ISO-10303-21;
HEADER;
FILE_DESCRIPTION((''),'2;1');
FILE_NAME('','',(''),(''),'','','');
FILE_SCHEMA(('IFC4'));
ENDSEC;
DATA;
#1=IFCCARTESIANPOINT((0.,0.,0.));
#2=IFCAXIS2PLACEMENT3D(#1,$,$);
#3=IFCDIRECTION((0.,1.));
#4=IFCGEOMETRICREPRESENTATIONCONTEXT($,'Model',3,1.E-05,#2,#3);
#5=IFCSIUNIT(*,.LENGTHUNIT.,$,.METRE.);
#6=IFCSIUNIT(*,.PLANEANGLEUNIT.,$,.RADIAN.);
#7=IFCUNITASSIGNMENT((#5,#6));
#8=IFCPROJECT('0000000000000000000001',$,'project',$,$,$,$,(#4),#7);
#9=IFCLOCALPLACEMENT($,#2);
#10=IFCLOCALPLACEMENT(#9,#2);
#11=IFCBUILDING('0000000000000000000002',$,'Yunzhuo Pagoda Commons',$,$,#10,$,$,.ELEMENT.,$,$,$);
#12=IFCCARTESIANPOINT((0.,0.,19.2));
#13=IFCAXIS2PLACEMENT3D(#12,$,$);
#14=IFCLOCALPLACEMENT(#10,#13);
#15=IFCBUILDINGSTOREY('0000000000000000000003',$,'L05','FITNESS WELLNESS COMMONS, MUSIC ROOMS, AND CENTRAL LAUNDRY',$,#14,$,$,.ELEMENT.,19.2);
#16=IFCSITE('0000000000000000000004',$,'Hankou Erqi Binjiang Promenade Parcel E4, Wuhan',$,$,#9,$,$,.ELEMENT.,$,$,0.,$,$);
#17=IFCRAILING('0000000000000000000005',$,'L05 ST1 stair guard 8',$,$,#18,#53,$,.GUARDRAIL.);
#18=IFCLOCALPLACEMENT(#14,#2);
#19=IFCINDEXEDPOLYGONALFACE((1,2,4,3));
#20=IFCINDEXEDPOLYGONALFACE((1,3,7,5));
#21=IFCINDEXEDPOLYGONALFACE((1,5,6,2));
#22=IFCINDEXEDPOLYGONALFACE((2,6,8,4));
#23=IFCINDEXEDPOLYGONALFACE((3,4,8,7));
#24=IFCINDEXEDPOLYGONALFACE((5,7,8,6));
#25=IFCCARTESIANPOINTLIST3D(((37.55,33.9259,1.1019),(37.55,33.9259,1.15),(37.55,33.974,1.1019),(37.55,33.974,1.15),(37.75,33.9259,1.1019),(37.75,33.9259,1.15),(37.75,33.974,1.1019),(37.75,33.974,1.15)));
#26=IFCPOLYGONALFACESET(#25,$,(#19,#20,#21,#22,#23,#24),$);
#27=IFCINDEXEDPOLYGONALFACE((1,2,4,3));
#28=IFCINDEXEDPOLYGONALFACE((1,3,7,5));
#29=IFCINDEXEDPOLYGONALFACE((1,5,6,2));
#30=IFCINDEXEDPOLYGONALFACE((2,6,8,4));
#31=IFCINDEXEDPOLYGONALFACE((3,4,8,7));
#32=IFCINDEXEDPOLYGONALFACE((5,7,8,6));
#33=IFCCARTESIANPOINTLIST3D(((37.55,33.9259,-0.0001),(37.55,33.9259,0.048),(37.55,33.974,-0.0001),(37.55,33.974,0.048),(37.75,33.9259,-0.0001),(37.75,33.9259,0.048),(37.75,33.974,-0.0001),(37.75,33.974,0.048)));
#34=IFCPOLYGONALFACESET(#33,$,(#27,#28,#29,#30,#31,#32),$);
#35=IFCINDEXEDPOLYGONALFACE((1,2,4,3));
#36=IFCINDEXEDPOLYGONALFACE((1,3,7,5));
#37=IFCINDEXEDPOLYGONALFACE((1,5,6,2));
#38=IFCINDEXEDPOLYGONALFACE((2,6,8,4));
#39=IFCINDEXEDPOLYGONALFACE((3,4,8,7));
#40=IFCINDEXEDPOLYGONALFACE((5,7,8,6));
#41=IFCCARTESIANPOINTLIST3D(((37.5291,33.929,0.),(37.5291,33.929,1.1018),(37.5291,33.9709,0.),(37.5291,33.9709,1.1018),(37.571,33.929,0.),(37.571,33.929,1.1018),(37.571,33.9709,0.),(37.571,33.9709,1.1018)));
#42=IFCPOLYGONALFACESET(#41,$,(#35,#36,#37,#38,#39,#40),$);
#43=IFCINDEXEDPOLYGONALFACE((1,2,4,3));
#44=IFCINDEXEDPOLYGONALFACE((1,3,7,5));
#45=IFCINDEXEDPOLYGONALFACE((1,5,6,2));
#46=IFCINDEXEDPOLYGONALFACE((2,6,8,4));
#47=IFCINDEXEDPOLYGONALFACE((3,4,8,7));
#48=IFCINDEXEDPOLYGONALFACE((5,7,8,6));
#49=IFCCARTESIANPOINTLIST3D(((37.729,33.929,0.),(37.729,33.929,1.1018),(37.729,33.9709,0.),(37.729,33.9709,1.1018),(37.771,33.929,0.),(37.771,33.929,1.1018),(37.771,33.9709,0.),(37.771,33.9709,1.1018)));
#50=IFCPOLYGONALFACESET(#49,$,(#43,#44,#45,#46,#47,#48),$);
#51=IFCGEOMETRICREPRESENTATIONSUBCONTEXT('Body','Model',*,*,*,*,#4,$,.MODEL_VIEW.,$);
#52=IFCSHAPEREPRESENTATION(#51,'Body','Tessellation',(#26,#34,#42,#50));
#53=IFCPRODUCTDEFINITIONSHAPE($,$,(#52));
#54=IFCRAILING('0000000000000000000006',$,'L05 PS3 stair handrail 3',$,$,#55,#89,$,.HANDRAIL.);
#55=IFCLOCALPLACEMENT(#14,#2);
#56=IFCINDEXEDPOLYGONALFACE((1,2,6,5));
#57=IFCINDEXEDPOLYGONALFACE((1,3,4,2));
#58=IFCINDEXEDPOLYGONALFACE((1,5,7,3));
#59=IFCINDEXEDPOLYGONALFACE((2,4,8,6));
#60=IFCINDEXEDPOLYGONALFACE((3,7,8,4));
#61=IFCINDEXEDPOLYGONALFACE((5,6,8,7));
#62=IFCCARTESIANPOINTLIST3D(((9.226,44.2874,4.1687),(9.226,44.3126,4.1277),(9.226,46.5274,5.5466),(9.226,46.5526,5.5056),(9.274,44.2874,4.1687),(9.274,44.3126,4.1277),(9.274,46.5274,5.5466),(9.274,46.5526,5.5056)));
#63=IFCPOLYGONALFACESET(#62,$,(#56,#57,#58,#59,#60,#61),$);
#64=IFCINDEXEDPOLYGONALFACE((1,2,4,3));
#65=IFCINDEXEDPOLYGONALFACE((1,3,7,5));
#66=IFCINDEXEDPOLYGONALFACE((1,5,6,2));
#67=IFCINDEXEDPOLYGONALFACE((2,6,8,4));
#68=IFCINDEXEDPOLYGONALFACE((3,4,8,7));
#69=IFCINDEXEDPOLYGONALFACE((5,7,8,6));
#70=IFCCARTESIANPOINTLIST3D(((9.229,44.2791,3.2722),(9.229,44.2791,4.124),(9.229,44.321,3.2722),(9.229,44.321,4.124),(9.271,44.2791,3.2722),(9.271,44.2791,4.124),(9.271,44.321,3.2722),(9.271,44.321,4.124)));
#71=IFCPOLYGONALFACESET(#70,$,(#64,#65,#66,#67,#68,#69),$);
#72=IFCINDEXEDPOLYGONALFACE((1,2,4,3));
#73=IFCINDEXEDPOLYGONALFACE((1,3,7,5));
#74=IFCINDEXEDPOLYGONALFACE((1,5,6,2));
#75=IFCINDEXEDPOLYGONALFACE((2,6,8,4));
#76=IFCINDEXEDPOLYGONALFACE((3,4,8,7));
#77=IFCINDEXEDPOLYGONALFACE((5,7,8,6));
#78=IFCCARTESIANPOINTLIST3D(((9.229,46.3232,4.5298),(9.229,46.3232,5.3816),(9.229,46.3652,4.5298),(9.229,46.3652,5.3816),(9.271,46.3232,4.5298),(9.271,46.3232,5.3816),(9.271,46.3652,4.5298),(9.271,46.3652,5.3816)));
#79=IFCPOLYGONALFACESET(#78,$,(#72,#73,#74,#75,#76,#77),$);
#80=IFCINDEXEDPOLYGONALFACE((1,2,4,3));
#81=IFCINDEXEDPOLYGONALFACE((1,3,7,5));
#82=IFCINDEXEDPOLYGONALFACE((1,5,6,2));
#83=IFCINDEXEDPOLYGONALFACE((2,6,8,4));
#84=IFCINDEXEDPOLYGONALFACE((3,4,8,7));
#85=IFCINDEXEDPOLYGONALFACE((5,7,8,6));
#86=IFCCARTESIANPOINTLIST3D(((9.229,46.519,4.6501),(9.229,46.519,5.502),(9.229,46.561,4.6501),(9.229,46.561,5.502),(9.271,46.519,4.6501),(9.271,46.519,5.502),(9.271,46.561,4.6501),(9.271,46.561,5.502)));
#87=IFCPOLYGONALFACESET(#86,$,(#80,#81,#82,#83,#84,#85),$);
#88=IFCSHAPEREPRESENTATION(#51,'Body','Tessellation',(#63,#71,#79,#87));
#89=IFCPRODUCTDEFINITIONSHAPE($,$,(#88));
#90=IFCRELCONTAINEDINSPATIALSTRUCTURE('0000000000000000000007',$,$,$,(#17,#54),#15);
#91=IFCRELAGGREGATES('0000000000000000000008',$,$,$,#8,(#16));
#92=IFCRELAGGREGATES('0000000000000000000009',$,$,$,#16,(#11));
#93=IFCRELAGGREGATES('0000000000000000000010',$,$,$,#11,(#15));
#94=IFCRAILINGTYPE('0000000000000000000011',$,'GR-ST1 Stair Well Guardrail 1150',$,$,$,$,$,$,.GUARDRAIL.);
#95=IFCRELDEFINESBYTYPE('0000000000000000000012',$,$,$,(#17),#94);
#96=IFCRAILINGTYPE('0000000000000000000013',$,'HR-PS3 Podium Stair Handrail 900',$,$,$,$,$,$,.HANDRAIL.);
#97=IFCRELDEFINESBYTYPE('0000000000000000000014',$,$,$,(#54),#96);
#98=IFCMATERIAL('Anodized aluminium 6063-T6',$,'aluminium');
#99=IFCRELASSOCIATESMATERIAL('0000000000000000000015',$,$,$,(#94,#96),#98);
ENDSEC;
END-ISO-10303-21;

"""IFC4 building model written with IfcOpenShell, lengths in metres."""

from ifc_helpers import new_model, si_unit, direction, frame, origin, origin_2d, place, context, subcontext, project, spatial, rectangle, extrude, material, type_object, element, save


model = new_model("IFC4")

# Units and contexts
model_context = context("Model", 3, precision=1e-05, world=origin(), true_north=direction((0.0, 1.0)))
body_context = subcontext(model_context, "Body", "Model", "MODEL_VIEW")
ifc_project = project(units=[si_unit("LENGTHUNIT", "METRE"), si_unit("PLANEANGLEUNIT", "RADIAN")], contexts=[model_context])

# Site, building, storey
site_placement = place(None, origin())
site = spatial("IfcSite", under=ifc_project, at=site_placement, Name="Hankou Erqi Binjiang Promenade Parcel E4, Wuhan", CompositionType="ELEMENT", RefElevation=0.0)
building_placement = place(site_placement, origin())
building = spatial("IfcBuilding", under=site, at=building_placement, Name="Yunzhuo Pagoda Commons", CompositionType="ELEMENT")
storey_placement = place(building_placement, frame((0.0, 0.0, 19.2)))
storey = spatial("IfcBuildingStorey", under=building, at=storey_placement, Name="L05", Description="FITNESS WELLNESS COMMONS, MUSIC ROOMS, AND CENTRAL LAUNDRY", CompositionType="ELEMENT", Elevation=19.2)

# Railings
ifc_material_1 = material(Name="Anodized aluminium 6063-T6", Category="aluminium")
railing_type_1 = type_object("IfcRailingType", Name="GR-ST1 Stair Well Guardrail 1150", PredefinedType="GUARDRAIL", material=ifc_material_1)
railing_1_placement = place(storey_placement, frame((37.55, 33.95, 0.0)))
element("IfcRailing", 1, at=railing_1_placement, inside=storey, type_object=railing_type_1, Name="L05 ST1 stair guard 8", PredefinedType="GUARDRAIL", context=body_context, shape_type="SweptSolid", body=[
    extrude(rectangle(XDim=0.0481, YDim=0.0481, at=origin_2d()), frame((0.0, 0.0, 1.126), z_axis=(1.0, 0.0, 0.0), x_axis=(0.0, 1.0, 0.0)), (0.0, 0.0, 1.0), 0.2),
    extrude(rectangle(XDim=0.0481, YDim=0.0481, at=origin_2d()), frame((0.0, 0.0, 0.0239), z_axis=(1.0, 0.0, 0.0), x_axis=(0.0, 1.0, 0.0)), (0.0, 0.0, 1.0), 0.2),
    extrude(rectangle(XDim=0.042, YDim=0.042, at=origin_2d()), origin(), (0.0, 0.0, 1.0), 1.1018),
    extrude(rectangle(XDim=0.042, YDim=0.042, at=origin_2d()), frame((0.2, 0.0, 0.0)), (0.0, 0.0, 1.0), 1.1018),
])
railing_type_2 = type_object("IfcRailingType", Name="HR-PS3 Podium Stair Handrail 900", PredefinedType="HANDRAIL", material=ifc_material_1)
railing_2_placement = place(storey_placement, frame((9.25, 44.3, 3.2722)))
element("IfcRailing", 2, at=railing_2_placement, inside=storey, type_object=railing_type_2, Name="L05 PS3 stair handrail 3", PredefinedType="HANDRAIL", context=body_context, shape_type="SweptSolid", body=[
    extrude(rectangle(XDim=0.0481, YDim=0.0481, at=origin_2d()), frame((0.0, 0.0, 0.876), z_axis=(0.0, 0.851748, 0.523952), x_axis=(-1.0, 0.0, 0.0)), (0.0, 0.0, 1.0), 2.6299),
    extrude(rectangle(XDim=0.042, YDim=0.042, at=origin_2d()), origin(), (0.0, 0.0, 1.0), 0.8518),
    extrude(rectangle(XDim=0.042, YDim=0.042, at=origin_2d()), frame((0.0, 2.0442, 1.2576)), (0.0, 0.0, 1.0), 0.8518),
    extrude(rectangle(XDim=0.042, YDim=0.042, at=origin_2d()), frame((0.0, 2.24, 1.3779)), (0.0, 0.0, 1.0), 0.8518),
])

save(model, "model.ifc")
